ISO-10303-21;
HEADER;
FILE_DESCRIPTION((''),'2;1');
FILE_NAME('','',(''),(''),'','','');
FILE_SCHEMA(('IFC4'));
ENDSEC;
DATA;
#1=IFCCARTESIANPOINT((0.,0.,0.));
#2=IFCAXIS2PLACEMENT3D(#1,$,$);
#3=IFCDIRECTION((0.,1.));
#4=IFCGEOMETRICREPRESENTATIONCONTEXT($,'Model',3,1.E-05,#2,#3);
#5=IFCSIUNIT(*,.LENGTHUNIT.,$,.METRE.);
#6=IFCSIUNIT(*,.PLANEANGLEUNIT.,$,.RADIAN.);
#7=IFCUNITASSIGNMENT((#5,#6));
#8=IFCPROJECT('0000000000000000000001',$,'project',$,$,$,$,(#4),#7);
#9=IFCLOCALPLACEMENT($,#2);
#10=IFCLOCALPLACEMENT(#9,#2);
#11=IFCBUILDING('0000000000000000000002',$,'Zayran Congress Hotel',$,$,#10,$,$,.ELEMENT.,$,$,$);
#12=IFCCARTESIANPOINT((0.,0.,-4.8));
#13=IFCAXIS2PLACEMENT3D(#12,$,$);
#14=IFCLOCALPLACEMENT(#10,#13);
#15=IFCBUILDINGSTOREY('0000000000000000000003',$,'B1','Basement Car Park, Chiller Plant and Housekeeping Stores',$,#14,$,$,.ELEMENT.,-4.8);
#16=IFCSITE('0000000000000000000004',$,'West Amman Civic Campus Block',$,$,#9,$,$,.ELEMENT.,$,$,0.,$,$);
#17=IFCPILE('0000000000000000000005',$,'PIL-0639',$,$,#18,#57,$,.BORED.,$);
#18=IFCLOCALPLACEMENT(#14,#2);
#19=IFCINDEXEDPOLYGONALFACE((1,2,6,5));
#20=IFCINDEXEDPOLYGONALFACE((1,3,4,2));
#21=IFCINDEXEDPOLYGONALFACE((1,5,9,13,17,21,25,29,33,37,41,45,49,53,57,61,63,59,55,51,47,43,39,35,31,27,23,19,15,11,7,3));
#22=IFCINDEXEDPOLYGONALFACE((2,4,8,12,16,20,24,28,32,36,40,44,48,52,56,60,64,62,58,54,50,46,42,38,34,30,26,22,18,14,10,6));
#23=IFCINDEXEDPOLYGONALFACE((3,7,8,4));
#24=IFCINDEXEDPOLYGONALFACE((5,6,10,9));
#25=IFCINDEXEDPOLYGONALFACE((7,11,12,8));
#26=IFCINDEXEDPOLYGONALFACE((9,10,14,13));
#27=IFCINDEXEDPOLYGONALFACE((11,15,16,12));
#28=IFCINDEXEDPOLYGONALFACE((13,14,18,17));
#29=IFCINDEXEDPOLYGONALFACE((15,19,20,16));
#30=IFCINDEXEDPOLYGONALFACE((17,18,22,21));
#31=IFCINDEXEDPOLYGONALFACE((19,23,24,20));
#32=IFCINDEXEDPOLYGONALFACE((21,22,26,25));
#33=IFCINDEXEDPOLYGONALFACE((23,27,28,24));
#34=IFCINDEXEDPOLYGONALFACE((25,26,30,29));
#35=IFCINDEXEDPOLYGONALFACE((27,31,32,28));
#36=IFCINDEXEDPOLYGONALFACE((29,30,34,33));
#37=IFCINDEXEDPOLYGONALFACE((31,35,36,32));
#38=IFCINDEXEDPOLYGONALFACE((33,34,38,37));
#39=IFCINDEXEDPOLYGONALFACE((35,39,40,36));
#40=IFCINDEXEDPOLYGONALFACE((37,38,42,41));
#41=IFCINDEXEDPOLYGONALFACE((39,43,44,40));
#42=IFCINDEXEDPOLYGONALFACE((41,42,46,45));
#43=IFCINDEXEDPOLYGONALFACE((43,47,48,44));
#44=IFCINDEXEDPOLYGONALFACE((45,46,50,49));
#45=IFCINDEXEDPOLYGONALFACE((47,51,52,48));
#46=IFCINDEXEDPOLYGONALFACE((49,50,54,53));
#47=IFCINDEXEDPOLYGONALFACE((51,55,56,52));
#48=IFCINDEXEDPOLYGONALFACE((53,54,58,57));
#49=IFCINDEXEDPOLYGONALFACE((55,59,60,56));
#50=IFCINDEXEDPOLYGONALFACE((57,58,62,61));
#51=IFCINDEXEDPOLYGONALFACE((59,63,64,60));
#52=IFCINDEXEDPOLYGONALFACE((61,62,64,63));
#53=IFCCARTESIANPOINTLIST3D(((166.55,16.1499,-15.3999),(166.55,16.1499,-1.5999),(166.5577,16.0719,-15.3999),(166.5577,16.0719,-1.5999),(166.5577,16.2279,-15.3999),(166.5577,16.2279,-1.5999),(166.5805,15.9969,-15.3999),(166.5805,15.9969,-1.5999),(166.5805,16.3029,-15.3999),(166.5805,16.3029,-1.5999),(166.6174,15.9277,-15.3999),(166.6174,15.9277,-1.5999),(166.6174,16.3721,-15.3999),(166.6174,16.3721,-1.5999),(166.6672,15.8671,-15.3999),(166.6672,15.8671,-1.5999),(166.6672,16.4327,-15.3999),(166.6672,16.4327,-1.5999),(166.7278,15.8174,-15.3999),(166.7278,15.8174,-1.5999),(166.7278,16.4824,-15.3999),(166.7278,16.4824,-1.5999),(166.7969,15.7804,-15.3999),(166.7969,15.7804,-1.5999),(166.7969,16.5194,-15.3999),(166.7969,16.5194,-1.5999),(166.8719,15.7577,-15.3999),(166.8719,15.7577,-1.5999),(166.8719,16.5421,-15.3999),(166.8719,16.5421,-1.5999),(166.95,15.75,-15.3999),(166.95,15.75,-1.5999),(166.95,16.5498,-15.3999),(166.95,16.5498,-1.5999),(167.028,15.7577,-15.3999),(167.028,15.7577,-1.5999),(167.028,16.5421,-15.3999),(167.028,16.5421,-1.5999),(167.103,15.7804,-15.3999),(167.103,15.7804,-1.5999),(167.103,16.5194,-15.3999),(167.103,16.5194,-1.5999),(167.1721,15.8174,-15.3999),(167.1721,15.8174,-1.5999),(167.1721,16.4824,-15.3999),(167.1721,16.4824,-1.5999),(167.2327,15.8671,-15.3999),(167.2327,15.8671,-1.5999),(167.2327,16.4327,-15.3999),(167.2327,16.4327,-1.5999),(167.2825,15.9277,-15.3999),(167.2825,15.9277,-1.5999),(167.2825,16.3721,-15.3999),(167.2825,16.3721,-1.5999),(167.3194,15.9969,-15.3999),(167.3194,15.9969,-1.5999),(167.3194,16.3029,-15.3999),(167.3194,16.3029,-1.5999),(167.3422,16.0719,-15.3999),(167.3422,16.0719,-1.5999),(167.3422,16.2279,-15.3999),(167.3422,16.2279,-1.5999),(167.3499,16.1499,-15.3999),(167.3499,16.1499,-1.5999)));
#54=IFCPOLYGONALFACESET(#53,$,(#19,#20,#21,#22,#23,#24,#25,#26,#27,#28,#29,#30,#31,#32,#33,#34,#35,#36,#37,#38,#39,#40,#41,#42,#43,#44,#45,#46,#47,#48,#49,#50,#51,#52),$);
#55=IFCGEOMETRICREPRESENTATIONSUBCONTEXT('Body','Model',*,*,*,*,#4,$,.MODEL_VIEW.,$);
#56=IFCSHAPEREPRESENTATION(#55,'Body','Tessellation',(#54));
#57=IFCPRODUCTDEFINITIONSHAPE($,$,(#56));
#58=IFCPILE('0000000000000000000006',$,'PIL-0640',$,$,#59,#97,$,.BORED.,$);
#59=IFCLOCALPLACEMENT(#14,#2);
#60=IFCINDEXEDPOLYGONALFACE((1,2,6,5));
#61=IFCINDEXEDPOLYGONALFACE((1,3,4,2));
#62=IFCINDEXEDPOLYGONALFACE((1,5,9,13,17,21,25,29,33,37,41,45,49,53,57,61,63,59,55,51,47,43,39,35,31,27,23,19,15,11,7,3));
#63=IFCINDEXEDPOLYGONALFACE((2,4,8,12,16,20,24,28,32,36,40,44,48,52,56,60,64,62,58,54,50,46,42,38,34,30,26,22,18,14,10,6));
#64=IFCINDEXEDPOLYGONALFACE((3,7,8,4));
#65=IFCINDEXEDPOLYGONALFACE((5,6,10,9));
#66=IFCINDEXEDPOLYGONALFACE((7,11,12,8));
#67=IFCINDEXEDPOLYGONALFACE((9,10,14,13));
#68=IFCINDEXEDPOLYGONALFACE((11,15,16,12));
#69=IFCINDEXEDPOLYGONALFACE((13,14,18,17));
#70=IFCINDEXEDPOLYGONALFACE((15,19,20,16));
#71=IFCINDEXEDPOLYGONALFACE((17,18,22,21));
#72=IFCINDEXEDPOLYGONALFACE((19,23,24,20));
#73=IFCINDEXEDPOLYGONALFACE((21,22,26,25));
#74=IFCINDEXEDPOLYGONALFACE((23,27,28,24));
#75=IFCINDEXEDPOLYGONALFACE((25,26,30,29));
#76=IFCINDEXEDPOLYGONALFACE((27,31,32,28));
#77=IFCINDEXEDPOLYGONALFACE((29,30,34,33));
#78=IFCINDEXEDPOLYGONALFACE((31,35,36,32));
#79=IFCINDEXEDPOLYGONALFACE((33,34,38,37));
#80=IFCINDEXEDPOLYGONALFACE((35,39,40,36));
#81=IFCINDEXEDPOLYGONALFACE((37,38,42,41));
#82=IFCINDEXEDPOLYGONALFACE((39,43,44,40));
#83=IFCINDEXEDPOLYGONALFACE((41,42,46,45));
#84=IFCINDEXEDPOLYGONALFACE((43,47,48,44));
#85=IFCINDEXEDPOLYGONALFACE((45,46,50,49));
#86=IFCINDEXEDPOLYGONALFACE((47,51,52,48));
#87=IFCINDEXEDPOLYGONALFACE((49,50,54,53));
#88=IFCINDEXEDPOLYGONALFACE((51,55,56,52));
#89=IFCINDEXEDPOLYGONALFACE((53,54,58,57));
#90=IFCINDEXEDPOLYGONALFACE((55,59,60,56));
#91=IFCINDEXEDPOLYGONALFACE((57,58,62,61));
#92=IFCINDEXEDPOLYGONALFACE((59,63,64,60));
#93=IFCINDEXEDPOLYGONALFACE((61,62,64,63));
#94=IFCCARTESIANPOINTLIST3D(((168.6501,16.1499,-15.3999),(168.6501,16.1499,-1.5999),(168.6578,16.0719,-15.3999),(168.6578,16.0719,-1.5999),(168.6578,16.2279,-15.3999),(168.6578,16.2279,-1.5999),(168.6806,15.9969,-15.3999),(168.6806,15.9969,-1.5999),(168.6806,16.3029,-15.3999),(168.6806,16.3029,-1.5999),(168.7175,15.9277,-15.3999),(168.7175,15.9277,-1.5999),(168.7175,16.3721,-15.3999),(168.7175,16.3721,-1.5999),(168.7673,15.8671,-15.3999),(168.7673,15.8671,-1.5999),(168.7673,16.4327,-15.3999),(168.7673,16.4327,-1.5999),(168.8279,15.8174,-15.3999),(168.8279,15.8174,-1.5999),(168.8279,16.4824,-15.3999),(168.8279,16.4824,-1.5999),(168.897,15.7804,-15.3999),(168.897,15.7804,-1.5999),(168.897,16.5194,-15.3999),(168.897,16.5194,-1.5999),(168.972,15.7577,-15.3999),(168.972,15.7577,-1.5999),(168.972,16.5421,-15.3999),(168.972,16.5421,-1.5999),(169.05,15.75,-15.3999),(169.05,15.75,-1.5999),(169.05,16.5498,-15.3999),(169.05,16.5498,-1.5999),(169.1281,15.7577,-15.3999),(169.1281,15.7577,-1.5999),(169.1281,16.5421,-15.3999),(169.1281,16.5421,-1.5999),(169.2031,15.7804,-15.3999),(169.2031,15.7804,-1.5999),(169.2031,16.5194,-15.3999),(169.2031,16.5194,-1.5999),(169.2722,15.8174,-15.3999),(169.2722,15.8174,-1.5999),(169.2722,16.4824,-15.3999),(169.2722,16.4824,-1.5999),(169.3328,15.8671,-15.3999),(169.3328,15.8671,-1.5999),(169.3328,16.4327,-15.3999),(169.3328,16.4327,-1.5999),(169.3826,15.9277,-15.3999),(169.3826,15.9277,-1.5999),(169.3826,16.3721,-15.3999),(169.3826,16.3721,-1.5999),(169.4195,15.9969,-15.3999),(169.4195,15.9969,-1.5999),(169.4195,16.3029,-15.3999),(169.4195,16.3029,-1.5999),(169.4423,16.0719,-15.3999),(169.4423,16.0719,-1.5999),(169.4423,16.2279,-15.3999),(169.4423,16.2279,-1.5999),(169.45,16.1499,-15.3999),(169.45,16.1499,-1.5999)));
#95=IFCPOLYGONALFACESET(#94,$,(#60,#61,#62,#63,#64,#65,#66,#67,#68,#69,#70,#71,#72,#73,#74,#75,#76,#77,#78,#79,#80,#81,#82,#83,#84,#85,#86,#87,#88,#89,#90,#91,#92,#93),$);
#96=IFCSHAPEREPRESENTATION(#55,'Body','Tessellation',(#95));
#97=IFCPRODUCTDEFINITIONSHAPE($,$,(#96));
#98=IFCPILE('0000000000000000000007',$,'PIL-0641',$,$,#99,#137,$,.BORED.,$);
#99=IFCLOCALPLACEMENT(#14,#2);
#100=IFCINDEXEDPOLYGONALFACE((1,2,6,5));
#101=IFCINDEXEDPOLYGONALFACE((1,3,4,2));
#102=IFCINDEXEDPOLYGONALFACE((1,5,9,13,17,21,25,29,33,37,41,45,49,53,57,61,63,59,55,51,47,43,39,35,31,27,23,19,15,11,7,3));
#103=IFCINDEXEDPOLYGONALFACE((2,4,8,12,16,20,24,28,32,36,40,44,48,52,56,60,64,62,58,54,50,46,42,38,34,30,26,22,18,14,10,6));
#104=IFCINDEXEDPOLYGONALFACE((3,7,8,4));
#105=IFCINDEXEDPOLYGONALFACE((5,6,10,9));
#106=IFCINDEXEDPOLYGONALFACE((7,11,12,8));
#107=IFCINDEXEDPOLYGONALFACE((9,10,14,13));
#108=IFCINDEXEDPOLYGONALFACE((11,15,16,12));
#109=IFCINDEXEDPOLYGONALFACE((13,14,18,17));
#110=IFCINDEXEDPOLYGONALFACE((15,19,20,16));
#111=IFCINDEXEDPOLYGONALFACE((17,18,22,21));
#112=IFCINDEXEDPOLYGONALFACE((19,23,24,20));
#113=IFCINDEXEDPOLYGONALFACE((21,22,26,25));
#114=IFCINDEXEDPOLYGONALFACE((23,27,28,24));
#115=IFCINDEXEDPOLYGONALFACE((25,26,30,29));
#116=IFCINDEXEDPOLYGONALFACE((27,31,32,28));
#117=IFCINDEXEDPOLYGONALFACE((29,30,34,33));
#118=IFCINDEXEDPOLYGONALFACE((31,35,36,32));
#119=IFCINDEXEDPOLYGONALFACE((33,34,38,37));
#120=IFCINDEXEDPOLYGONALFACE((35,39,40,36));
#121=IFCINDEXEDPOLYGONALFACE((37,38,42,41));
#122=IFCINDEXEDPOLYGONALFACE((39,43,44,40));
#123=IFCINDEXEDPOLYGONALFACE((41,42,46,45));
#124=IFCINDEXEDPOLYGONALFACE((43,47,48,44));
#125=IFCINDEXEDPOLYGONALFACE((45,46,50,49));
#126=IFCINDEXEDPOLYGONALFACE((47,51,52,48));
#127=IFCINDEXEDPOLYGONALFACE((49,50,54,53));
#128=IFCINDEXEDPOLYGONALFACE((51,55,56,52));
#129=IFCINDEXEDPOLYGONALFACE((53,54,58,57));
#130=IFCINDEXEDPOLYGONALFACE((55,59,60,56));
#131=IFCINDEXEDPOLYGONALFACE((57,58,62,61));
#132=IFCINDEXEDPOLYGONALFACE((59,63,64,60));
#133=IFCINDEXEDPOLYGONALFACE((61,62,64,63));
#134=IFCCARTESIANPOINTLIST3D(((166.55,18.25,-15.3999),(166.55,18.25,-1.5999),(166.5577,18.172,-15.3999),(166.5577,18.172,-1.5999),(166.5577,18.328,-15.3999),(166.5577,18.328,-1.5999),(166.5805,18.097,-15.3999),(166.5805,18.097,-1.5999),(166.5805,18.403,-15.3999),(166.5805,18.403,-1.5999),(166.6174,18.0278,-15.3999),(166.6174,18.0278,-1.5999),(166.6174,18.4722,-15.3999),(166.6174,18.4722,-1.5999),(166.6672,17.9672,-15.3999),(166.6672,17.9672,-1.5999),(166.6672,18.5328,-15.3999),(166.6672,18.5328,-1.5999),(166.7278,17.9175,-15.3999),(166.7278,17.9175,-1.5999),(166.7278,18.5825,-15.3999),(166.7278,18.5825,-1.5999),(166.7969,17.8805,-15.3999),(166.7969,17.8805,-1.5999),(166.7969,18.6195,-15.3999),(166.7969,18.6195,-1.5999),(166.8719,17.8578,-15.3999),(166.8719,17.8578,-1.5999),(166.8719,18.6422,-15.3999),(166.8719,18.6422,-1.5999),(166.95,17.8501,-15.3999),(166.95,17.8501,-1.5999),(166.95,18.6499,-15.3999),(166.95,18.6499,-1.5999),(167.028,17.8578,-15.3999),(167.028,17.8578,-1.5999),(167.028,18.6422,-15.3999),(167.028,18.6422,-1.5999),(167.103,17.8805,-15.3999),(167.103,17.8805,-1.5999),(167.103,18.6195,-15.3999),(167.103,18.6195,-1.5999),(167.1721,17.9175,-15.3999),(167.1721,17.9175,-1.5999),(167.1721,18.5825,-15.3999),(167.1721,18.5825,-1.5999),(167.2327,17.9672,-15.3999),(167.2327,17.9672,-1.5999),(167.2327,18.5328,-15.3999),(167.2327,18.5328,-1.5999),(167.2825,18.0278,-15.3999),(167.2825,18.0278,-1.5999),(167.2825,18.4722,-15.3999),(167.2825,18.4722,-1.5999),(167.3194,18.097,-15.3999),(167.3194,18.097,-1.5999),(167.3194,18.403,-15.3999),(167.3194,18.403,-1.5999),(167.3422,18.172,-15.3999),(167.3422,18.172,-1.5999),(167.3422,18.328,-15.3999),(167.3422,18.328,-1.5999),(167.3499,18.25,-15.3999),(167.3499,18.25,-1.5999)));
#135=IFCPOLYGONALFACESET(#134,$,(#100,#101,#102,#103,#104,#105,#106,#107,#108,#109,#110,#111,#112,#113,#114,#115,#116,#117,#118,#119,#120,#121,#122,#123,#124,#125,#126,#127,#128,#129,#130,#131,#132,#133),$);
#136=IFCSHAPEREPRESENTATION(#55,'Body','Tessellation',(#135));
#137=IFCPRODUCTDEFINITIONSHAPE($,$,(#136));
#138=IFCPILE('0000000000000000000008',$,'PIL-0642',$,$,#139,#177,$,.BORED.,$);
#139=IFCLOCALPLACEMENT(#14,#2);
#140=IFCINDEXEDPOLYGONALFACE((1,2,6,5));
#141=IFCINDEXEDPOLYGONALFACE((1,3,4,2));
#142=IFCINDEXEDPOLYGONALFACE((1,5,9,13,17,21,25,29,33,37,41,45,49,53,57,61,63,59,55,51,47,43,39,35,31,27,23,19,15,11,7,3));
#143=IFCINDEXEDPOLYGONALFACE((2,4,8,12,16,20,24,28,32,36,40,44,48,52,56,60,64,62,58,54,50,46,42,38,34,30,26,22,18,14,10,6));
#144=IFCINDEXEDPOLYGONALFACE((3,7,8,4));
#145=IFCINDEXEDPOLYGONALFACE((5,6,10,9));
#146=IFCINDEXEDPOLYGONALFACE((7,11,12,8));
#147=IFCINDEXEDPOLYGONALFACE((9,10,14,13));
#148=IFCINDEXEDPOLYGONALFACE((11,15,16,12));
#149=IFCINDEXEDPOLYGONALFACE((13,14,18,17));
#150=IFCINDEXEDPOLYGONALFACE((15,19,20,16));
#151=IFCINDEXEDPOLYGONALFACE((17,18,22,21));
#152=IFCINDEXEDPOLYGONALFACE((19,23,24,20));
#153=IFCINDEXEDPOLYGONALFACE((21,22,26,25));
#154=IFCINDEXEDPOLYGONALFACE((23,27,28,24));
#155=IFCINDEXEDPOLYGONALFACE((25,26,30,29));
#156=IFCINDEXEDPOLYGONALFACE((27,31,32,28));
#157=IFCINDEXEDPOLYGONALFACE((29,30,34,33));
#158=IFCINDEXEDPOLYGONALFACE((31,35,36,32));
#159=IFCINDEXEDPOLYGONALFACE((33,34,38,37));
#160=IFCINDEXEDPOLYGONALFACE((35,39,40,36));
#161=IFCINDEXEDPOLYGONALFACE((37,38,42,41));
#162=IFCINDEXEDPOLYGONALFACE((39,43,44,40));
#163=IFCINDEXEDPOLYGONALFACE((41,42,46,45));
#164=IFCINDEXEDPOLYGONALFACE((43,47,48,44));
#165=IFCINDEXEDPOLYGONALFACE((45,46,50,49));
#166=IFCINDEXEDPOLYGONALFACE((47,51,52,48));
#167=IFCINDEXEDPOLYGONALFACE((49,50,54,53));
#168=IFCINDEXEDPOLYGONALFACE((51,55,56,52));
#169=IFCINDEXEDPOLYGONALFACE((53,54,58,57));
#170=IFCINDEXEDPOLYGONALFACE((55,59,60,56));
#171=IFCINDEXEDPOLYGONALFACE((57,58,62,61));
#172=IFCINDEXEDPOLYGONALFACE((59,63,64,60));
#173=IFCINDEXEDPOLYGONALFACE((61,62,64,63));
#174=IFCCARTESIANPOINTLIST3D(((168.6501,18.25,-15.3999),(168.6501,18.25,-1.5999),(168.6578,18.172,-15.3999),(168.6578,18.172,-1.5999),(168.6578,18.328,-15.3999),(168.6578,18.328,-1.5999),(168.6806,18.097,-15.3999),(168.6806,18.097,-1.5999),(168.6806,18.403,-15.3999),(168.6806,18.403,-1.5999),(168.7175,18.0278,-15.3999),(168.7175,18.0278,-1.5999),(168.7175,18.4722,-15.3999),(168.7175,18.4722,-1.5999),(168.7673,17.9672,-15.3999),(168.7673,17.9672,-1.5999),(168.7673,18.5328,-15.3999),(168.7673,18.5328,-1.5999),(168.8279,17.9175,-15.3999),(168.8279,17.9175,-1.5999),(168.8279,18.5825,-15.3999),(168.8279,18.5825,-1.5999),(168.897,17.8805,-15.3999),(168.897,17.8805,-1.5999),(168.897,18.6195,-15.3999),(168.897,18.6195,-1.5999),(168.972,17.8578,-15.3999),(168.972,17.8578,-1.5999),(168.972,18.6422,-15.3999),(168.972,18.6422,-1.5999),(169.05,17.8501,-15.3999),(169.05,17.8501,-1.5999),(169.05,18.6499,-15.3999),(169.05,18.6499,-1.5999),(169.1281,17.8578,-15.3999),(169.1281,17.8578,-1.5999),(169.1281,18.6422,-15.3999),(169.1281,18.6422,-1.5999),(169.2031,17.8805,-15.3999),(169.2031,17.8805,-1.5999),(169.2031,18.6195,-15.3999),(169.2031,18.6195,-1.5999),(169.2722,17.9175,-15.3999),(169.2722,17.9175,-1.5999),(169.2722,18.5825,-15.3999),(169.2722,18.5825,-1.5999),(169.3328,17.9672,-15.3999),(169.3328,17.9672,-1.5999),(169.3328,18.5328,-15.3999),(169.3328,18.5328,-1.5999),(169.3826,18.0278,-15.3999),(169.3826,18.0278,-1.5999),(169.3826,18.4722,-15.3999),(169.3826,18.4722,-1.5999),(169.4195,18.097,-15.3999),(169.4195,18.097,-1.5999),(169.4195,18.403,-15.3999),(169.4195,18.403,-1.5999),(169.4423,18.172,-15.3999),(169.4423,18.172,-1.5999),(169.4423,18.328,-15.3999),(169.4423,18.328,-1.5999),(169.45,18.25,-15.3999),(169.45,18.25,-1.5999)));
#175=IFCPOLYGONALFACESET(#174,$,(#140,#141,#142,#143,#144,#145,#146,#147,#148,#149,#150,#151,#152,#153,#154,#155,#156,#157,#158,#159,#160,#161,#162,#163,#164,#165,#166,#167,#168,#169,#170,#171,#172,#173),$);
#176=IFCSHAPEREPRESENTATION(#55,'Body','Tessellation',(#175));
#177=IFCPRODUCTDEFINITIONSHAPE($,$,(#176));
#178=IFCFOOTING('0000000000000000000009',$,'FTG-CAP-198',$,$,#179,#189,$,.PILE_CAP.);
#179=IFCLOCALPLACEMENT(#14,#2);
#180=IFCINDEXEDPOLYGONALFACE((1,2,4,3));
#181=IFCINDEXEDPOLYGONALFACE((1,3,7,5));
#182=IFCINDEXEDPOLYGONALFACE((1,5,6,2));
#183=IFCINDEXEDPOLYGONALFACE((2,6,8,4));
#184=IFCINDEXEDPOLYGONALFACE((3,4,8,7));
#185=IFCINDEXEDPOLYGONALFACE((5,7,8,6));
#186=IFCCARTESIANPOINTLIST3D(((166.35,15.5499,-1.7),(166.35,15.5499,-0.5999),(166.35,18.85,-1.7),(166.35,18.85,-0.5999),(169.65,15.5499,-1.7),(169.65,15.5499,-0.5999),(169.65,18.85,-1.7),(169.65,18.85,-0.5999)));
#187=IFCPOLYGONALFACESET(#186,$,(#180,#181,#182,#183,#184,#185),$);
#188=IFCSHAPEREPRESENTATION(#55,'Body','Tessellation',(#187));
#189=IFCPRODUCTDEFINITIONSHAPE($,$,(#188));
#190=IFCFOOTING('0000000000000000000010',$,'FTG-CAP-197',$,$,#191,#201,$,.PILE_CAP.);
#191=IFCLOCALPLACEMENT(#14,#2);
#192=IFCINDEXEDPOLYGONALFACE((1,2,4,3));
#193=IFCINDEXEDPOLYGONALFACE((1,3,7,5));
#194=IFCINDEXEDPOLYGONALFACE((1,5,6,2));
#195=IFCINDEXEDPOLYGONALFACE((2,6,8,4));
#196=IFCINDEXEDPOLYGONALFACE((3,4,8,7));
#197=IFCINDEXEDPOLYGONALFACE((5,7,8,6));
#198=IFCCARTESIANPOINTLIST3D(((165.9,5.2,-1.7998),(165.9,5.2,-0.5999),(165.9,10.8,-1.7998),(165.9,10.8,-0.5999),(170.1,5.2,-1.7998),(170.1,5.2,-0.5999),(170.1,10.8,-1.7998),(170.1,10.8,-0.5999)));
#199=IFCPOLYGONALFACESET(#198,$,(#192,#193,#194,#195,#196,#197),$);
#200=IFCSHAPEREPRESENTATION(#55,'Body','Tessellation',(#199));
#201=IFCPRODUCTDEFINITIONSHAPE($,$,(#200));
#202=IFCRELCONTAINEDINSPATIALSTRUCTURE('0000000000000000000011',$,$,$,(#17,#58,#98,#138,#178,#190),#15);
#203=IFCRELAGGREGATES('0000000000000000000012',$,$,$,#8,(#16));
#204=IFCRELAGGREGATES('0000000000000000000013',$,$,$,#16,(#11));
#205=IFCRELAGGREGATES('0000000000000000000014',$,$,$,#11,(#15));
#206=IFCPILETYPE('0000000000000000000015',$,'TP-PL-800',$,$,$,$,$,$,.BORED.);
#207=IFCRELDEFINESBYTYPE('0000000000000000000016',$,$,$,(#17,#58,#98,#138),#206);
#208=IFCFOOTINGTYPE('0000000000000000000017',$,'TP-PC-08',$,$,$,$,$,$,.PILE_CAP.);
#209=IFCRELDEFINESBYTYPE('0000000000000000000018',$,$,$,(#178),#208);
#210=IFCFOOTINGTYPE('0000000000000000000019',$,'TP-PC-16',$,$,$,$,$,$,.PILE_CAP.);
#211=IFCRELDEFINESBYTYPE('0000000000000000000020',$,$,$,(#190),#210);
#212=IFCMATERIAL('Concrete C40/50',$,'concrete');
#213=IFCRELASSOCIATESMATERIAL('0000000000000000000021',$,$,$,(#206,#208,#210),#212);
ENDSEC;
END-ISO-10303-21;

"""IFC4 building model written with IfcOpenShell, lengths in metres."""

from ifc_helpers import new_model, si_unit, direction, frame, origin, origin_2d, place, context, subcontext, project, spatial, rectangle, circle, extrude, material, material_profile, profile_set, type_object, element, save


model = new_model("IFC4")

# Units and contexts
model_context = context("Model", 3, precision=1e-05, world=origin(), true_north=direction((0.0, 1.0)))
body_context = subcontext(model_context, "Body", "Model", "MODEL_VIEW")
ifc_project = project(units=[si_unit("LENGTHUNIT", "METRE"), si_unit("PLANEANGLEUNIT", "RADIAN")], contexts=[model_context])

# Site, building, storey
site_placement = place(None, origin())
site = spatial("IfcSite", under=ifc_project, at=site_placement, Name="West Amman Civic Campus Block", CompositionType="ELEMENT", RefElevation=0.0)
building_placement = place(site_placement, origin())
building = spatial("IfcBuilding", under=site, at=building_placement, Name="Zayran Congress Hotel", CompositionType="ELEMENT")
storey_placement = place(building_placement, frame((0.0, 0.0, -4.8)))
storey = spatial("IfcBuildingStorey", under=building, at=storey_placement, Name="B1", Description="Basement Car Park, Chiller Plant and Housekeeping Stores", CompositionType="ELEMENT", Elevation=-4.8)

# Piles
ifc_material_1 = material(Name="Concrete C40/50", Category="concrete")
ifc_material_profile_1 = material_profile(ifc_material_1, circle(Radius=0.3999, at=origin_2d()), Name="PILE D800")
ifc_profile_set_1 = profile_set([ifc_material_profile_1], Name="Concrete C40/50")
pile_type_1 = type_object("IfcPileType", Name="TP-PL-800", PredefinedType="BORED", material=ifc_profile_set_1)
for number, where, z_axis, x_axis, name in (
    (1, (166.95, 16.1499, -1.5999), (0.0, 0.0, -1.0), (1.0, 0.0, 0.0), "PIL-0639"),
    (2, (169.05, 16.1499, -1.5999), (0.0, 0.0, -1.0), (1.0, 0.0, 0.0), "PIL-0640"),
    (3, (166.95, 18.25, -1.5999), (0.0, 0.0, -1.0), (1.0, 0.0, 0.0), "PIL-0641"),
    (4, (169.05, 18.25, -1.5999), (0.0, 0.0, -1.0), (1.0, 0.0, 0.0), "PIL-0642"),
):
    element("IfcPile", number, at=place(storey_placement, frame(where, z_axis=z_axis, x_axis=x_axis)), inside=storey, type_object=pile_type_1, Name=name, PredefinedType="BORED", context=body_context, shape_type="SweptSolid", body=[
        extrude(circle(Radius=0.3999, at=origin_2d()), origin(), (0.0, 0.0, 1.0), 13.8),
    ])

# Footings
footing_type_1 = type_object("IfcFootingType", Name="TP-PC-08", PredefinedType="PILE_CAP", material=ifc_material_1)
footing_1_placement = place(storey_placement, frame((168.0, 17.2, -1.7), z_axis=(0.0, 0.0, 1.0), x_axis=(1.0, 0.0, 0.0)))
element("IfcFooting", 5, at=footing_1_placement, inside=storey, type_object=footing_type_1, Name="FTG-CAP-198", PredefinedType="PILE_CAP", context=body_context, shape_type="SweptSolid", body=[
    extrude(rectangle(XDim=3.3, YDim=3.3, at=origin_2d()), origin(), (0.0, 0.0, 1.0), 1.1001),
])
footing_type_2 = type_object("IfcFootingType", Name="TP-PC-16", PredefinedType="PILE_CAP", material=ifc_material_1)
footing_2_placement = place(storey_placement, frame((168.0, 8.0, -1.7998), z_axis=(0.0, 0.0, 1.0), x_axis=(1.0, 0.0, 0.0)))
element("IfcFooting", 6, at=footing_2_placement, inside=storey, type_object=footing_type_2, Name="FTG-CAP-197", PredefinedType="PILE_CAP", context=body_context, shape_type="SweptSolid", body=[
    extrude(rectangle(XDim=4.2, YDim=5.6001, at=origin_2d()), origin(), (0.0, 0.0, 1.0), 1.2),
])

save(model, "model.ifc")
